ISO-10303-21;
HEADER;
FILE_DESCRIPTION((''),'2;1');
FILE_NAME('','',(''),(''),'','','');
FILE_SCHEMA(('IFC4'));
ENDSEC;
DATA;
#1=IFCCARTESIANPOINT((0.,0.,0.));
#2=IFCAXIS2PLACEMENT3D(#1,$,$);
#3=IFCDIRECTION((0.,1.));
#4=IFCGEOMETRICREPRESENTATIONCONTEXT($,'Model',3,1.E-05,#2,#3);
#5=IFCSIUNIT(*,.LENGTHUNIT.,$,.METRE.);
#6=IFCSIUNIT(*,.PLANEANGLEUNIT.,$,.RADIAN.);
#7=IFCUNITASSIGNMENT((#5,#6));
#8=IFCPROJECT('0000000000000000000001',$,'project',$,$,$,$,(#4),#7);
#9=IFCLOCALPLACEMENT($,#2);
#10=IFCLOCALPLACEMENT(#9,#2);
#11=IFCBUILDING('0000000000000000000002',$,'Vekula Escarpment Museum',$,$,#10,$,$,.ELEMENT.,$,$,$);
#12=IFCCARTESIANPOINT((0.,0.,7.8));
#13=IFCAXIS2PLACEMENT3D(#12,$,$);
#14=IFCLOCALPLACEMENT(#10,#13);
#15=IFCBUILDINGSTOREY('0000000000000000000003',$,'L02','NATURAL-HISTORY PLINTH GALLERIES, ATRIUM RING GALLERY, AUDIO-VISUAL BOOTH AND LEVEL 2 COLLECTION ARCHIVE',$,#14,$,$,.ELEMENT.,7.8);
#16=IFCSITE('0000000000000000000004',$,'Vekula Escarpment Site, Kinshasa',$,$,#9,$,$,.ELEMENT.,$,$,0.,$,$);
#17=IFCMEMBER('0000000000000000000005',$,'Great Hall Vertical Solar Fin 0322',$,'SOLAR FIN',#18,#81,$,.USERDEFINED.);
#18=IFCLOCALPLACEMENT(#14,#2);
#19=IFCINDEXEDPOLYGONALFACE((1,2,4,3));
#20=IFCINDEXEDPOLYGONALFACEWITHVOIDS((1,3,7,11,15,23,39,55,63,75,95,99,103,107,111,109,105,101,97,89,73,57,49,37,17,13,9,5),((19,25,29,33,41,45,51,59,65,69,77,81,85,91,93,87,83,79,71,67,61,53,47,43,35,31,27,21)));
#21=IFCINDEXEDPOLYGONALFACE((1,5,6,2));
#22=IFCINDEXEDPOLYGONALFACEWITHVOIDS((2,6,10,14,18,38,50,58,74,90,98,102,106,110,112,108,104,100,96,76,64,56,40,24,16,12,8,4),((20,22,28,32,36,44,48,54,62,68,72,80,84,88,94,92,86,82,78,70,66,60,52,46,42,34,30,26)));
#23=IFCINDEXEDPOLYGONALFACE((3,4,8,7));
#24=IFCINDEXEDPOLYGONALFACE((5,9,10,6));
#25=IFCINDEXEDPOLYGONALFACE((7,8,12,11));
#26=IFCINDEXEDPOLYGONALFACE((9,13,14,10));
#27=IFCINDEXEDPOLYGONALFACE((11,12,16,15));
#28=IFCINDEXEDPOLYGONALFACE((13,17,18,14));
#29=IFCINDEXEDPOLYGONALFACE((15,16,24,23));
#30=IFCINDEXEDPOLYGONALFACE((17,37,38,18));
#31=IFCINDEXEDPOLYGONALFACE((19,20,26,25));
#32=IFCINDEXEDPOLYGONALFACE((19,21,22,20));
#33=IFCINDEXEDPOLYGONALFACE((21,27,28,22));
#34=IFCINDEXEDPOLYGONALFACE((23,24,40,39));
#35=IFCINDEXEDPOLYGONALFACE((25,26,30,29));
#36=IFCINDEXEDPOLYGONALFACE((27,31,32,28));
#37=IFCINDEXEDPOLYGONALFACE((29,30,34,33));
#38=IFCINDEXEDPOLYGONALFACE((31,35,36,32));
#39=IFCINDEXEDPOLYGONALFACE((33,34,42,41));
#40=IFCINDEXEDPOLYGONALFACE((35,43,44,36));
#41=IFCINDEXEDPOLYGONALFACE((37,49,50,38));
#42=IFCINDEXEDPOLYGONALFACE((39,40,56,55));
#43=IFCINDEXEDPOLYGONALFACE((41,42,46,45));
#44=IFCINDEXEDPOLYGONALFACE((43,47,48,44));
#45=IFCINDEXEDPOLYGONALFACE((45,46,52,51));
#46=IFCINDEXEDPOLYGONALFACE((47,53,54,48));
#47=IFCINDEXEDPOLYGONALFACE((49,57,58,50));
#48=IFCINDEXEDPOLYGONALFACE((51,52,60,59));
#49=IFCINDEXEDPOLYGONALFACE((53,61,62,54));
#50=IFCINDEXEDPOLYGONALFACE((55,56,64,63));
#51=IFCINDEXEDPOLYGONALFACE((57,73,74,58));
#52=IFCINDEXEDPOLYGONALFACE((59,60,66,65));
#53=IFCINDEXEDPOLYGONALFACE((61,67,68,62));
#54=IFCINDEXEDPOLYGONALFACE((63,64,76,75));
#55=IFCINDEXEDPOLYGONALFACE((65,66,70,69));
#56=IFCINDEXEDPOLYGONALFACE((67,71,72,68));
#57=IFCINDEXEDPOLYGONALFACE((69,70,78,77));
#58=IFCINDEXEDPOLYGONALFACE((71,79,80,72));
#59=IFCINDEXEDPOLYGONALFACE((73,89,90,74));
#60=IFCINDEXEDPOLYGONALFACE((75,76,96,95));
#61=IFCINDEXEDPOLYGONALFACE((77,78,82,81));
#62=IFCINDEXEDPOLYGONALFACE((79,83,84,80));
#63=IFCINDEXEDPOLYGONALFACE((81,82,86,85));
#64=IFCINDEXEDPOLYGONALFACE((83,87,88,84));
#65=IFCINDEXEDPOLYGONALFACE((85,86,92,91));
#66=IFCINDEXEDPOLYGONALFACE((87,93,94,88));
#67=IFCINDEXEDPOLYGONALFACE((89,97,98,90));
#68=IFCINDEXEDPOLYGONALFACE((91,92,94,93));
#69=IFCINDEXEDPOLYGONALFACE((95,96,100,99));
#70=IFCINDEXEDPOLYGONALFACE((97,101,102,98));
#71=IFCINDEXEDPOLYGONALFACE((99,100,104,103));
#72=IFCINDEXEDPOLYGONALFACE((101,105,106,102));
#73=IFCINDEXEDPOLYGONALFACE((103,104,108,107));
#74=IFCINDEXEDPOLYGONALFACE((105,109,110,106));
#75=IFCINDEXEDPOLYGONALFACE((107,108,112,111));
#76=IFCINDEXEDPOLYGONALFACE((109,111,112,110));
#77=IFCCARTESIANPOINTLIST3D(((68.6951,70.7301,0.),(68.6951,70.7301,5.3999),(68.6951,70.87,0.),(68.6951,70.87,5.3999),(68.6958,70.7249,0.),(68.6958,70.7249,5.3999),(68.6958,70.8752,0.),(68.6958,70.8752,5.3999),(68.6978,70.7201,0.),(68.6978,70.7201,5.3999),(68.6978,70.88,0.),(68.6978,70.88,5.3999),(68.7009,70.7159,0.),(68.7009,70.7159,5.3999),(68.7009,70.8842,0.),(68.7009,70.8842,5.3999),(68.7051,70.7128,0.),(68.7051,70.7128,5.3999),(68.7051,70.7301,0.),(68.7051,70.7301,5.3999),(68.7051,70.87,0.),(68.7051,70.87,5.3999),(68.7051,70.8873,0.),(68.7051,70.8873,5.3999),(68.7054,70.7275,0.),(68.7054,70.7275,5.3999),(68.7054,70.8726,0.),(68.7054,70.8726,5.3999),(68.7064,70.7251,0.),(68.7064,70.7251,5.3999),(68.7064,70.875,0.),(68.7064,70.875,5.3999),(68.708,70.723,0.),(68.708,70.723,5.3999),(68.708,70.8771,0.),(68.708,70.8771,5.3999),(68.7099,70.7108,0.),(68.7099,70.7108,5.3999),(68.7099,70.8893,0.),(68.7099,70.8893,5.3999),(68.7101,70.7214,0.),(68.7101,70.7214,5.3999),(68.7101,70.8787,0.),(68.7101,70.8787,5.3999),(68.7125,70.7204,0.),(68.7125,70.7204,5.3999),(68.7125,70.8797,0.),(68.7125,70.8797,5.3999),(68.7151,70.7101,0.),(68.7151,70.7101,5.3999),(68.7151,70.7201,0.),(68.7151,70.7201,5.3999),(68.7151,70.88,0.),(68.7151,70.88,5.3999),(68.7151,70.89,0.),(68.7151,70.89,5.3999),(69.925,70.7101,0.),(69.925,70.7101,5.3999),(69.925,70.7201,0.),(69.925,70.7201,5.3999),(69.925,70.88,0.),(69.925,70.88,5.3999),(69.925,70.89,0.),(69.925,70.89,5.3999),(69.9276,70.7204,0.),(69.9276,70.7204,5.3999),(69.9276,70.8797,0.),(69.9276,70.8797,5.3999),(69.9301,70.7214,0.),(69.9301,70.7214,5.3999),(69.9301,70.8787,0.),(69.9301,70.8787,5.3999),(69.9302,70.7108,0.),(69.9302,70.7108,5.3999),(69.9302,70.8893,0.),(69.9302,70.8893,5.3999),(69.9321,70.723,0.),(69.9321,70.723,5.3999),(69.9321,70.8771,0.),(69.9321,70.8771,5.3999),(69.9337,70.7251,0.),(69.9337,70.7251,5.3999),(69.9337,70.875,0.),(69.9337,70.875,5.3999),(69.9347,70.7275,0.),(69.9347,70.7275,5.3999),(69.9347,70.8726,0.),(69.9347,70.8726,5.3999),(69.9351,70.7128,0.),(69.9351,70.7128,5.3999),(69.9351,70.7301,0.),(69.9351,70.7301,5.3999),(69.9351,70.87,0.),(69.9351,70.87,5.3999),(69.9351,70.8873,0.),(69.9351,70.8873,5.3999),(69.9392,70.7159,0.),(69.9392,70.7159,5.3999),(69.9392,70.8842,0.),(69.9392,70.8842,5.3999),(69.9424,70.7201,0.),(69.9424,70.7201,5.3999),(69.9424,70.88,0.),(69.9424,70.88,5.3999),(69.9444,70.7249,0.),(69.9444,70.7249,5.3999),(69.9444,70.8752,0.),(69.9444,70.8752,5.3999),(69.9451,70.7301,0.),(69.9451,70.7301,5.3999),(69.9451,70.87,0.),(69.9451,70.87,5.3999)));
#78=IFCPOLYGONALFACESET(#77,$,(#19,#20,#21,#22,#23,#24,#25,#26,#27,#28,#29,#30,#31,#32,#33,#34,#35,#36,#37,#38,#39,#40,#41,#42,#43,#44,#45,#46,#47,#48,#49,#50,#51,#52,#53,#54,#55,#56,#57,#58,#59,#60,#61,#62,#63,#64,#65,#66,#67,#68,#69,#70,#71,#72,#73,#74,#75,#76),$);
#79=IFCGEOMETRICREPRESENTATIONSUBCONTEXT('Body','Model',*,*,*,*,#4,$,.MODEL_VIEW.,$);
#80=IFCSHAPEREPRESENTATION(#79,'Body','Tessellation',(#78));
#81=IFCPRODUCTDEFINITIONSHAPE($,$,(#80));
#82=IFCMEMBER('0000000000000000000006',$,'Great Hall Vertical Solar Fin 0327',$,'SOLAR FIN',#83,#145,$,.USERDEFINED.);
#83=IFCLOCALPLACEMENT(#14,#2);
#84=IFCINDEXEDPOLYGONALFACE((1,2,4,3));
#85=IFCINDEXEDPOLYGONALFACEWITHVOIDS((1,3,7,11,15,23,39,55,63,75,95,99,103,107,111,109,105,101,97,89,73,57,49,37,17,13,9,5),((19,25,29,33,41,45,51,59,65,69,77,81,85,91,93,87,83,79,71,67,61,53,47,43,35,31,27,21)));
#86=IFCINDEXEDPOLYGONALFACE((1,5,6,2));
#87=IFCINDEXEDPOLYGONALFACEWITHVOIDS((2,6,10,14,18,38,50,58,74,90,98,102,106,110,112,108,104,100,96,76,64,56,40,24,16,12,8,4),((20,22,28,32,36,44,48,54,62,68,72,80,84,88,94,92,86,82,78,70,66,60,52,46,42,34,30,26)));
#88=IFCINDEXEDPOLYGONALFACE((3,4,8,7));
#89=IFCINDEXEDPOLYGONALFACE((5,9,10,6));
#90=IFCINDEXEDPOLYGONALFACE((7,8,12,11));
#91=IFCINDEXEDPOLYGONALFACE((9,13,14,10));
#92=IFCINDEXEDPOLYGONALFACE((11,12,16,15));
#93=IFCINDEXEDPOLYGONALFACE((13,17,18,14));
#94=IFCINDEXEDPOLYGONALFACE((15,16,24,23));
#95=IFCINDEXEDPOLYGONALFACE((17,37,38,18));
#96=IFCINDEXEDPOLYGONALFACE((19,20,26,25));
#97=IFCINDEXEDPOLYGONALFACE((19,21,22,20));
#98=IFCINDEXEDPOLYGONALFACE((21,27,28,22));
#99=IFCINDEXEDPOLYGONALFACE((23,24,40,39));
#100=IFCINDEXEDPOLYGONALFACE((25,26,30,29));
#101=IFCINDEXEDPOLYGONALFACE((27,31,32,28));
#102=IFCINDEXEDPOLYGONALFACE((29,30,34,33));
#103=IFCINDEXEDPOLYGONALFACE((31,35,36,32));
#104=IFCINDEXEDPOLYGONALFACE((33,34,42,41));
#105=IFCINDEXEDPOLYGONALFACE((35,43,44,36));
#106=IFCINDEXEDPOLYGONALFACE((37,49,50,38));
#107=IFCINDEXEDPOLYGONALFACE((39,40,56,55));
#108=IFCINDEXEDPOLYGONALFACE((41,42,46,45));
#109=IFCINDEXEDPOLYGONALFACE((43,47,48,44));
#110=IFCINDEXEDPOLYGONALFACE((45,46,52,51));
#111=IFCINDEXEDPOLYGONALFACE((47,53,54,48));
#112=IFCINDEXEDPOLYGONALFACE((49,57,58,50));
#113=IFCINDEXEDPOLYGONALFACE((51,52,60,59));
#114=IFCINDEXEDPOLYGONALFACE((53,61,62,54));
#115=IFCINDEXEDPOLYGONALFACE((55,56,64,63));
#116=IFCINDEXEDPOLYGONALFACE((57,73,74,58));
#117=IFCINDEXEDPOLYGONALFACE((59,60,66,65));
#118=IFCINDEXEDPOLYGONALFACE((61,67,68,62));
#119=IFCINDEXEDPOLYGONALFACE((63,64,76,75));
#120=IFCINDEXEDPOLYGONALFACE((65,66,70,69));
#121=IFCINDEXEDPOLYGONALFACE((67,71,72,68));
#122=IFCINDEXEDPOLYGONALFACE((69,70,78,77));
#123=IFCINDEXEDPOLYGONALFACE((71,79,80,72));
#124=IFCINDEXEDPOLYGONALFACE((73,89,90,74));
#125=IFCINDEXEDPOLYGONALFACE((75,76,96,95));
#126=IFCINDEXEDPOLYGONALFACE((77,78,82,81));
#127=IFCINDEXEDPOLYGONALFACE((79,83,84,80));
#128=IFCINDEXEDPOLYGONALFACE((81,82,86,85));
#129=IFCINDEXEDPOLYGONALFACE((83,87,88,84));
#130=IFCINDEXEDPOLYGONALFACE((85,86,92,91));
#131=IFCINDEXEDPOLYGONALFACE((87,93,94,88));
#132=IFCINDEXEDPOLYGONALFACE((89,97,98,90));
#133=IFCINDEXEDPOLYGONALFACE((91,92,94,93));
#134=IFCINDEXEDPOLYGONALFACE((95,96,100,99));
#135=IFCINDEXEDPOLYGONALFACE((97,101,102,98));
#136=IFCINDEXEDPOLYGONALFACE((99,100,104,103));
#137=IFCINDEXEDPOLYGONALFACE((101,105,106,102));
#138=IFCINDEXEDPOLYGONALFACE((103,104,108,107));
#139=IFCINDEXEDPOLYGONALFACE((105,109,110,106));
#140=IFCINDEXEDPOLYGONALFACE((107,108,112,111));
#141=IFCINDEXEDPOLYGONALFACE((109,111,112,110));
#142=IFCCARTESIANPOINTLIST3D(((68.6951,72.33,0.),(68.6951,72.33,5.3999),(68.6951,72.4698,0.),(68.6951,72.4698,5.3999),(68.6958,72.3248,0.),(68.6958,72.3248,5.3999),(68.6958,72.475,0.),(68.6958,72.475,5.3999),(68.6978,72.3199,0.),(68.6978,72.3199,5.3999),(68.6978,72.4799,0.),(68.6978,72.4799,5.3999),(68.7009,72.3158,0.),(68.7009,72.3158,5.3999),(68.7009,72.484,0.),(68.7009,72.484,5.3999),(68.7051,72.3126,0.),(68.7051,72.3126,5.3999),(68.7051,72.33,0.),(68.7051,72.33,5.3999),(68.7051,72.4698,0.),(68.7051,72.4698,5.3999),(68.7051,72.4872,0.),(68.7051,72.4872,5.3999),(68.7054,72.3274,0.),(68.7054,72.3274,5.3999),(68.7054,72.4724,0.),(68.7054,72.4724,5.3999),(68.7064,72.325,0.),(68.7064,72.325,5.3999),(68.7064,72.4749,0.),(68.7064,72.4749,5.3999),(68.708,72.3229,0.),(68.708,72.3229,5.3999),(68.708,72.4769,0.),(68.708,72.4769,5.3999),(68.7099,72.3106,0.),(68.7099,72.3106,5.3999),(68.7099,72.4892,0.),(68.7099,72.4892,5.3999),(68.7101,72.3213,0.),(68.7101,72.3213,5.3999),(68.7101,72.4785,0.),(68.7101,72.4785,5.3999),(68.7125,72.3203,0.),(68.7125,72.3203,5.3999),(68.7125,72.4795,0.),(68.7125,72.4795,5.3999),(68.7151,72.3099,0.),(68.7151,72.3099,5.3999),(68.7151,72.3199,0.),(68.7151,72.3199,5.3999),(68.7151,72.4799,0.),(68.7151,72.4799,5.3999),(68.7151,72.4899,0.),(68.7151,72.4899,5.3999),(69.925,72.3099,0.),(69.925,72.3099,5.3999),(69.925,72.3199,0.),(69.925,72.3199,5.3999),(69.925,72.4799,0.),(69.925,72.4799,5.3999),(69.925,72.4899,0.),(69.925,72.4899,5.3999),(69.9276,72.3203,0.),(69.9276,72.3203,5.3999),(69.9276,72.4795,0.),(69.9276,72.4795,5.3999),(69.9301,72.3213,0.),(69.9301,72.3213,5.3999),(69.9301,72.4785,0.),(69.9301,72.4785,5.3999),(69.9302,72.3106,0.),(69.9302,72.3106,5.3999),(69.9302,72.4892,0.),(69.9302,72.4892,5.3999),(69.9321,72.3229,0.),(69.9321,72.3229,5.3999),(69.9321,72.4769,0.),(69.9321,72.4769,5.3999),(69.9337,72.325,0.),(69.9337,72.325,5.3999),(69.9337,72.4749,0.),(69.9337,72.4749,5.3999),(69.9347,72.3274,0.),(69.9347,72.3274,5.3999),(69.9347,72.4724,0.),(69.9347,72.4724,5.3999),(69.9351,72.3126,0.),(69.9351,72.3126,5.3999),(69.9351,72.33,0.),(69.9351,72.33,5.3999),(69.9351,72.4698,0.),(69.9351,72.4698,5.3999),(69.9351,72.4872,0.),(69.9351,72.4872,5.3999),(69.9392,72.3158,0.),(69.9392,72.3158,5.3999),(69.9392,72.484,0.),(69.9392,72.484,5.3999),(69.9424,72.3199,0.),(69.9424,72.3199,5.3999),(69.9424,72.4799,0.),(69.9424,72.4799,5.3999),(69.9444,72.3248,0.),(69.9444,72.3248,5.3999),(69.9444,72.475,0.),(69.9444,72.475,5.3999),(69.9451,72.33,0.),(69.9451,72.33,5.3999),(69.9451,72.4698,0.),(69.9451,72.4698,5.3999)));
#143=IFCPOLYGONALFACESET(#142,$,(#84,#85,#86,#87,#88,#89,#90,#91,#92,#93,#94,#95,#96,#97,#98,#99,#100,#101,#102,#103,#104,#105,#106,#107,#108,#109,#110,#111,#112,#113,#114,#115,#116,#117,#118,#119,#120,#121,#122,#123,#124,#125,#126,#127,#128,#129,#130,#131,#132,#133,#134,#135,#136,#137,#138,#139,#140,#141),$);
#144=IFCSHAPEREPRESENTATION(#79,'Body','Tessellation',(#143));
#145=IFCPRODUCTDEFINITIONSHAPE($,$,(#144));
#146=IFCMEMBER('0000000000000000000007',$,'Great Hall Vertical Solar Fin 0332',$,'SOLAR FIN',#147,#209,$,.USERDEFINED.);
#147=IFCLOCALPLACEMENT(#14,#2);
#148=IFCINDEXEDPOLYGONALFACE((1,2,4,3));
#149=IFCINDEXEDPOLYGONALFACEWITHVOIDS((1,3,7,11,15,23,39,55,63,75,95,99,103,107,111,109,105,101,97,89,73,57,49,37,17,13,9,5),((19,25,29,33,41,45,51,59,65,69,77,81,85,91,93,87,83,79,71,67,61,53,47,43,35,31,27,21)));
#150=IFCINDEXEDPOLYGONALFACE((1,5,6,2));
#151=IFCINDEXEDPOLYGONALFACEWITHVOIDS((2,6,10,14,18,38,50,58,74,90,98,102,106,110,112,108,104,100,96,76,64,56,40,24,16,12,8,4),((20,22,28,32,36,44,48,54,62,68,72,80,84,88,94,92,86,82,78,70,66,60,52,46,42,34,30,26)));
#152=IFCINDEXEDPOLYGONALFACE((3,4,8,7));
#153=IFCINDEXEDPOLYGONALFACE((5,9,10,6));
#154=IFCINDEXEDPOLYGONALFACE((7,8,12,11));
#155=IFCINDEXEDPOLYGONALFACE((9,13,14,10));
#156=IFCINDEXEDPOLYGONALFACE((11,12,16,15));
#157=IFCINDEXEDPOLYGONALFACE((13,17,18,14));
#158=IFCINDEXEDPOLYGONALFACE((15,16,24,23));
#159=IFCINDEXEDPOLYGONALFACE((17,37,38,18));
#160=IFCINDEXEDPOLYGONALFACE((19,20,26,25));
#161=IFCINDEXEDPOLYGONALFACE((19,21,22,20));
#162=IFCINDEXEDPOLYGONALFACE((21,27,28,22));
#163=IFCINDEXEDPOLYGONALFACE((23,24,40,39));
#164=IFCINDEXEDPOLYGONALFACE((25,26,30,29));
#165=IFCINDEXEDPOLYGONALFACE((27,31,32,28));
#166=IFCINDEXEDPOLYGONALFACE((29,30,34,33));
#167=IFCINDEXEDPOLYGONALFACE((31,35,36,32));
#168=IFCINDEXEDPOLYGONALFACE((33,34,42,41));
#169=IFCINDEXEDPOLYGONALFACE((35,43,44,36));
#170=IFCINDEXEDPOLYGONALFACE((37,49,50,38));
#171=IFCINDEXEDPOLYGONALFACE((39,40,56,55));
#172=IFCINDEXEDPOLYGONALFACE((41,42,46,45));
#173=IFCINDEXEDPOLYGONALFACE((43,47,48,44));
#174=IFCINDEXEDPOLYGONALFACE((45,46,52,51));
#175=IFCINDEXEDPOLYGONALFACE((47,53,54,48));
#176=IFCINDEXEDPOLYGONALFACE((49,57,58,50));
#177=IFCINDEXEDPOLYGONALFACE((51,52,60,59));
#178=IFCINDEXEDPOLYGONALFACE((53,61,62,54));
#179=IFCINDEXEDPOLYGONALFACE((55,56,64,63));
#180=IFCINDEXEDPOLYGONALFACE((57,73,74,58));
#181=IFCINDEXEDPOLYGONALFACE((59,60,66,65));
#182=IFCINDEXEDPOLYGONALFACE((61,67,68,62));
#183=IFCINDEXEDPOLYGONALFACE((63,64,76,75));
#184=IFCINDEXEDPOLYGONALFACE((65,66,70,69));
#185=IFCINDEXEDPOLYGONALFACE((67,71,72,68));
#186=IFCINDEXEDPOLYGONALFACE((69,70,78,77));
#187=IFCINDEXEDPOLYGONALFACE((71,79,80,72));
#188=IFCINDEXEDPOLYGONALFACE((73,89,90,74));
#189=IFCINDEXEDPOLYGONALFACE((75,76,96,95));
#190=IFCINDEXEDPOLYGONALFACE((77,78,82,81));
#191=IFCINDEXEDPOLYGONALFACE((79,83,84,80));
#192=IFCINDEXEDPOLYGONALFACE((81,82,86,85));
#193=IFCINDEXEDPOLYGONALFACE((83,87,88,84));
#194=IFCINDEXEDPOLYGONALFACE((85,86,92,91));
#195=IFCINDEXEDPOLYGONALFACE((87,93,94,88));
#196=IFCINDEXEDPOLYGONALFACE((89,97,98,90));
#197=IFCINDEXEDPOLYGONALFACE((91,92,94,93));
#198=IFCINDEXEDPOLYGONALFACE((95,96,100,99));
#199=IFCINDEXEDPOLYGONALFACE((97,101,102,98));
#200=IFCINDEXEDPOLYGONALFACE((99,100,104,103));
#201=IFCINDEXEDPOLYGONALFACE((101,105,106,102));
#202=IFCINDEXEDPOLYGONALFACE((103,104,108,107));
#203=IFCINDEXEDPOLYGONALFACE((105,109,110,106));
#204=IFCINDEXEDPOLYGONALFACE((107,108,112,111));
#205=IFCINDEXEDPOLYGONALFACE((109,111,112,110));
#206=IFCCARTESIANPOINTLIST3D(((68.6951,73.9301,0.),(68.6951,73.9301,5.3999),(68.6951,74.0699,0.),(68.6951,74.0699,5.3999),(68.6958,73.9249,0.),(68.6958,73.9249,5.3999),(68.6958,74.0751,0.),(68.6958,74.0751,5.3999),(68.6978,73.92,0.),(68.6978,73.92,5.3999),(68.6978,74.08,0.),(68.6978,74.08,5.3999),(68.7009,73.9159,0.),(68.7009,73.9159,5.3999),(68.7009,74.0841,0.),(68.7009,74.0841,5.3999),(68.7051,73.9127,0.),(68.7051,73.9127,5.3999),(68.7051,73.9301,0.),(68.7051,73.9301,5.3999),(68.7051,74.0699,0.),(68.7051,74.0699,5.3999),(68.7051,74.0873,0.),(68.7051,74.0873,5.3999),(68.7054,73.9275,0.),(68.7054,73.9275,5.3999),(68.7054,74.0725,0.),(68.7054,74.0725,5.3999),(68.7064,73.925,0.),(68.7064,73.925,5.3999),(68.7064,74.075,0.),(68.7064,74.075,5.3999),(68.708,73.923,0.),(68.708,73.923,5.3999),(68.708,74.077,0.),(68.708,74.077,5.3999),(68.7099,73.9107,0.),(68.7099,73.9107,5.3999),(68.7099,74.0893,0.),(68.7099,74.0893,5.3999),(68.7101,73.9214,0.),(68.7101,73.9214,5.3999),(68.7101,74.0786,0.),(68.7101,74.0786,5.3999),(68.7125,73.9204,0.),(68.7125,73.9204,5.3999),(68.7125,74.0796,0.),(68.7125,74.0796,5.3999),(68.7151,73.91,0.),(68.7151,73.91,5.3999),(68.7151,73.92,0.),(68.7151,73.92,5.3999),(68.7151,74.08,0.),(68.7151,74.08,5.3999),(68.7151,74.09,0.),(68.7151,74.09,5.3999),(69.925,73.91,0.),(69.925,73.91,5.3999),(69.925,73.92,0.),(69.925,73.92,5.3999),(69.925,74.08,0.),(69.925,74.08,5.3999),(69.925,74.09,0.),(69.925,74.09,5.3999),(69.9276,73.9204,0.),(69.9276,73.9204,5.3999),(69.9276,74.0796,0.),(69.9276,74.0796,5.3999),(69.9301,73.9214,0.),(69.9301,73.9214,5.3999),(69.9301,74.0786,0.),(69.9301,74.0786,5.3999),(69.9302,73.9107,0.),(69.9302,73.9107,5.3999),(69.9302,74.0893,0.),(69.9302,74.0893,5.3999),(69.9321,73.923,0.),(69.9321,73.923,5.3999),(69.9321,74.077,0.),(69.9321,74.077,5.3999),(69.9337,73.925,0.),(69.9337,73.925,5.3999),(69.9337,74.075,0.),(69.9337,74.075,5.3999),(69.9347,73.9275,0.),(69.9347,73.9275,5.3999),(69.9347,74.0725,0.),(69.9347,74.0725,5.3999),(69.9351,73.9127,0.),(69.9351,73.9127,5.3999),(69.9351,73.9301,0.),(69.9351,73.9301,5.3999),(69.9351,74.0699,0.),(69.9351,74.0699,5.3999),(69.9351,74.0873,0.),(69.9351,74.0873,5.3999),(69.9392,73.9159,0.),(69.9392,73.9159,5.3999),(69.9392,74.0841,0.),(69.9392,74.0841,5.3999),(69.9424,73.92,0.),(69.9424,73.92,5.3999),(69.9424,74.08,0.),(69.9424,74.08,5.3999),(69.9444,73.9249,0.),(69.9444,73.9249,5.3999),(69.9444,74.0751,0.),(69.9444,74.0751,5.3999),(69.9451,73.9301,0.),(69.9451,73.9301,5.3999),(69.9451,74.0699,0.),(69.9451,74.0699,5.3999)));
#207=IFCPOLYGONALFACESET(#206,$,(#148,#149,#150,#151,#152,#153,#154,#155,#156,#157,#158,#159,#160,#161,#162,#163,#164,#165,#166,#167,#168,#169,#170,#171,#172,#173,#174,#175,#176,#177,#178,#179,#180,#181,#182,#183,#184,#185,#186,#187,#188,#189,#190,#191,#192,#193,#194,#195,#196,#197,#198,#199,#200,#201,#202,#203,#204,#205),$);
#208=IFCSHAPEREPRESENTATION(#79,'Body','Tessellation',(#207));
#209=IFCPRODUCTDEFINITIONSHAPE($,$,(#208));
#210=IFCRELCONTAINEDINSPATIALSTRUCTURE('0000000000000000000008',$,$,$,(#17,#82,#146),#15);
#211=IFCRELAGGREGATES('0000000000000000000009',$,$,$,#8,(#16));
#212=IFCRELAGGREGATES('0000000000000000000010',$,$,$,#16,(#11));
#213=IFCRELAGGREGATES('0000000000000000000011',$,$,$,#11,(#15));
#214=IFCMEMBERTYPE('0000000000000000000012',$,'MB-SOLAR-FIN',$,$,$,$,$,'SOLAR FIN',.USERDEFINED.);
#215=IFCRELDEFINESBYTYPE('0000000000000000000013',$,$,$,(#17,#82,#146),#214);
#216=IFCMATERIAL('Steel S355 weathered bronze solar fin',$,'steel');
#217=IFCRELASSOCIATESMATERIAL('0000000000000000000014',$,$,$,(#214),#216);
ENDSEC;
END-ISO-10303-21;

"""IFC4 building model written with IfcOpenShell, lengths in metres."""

from ifc_helpers import new_model, si_unit, direction, frame, origin, origin_2d, place, context, subcontext, project, spatial, hollow_rectangle, extrude, material, material_profile, profile_set, type_object, element, save


model = new_model("IFC4")

# Units and contexts
model_context = context("Model", 3, precision=1e-05, world=origin(), true_north=direction((0.0, 1.0)))
body_context = subcontext(model_context, "Body", "Model", "MODEL_VIEW")
ifc_project = project(units=[si_unit("LENGTHUNIT", "METRE"), si_unit("PLANEANGLEUNIT", "RADIAN")], contexts=[model_context])

# Site, building, storey
site_placement = place(None, origin())
site = spatial("IfcSite", under=ifc_project, at=site_placement, Name="Vekula Escarpment Site, Kinshasa", CompositionType="ELEMENT", RefElevation=0.0)
building_placement = place(site_placement, origin())
building = spatial("IfcBuilding", under=site, at=building_placement, Name="Vekula Escarpment Museum", CompositionType="ELEMENT")
storey_placement = place(building_placement, frame((0.0, 0.0, 7.8)))
storey = spatial("IfcBuildingStorey", under=building, at=storey_placement, Name="L02", Description="NATURAL-HISTORY PLINTH GALLERIES, ATRIUM RING GALLERY, AUDIO-VISUAL BOOTH AND LEVEL 2 COLLECTION ARCHIVE", CompositionType="ELEMENT", Elevation=7.8)

# Members
ifc_material_1 = material(Name="Steel S355 weathered bronze solar fin", Category="steel")
ifc_material_profile_1 = material_profile(ifc_material_1, hollow_rectangle(XDim=0.1799, YDim=1.25, WallThickness=0.01, InnerFilletRadius=0.01, OuterFilletRadius=0.02, at=origin_2d()), Name="RHS 1250x180x10")
ifc_profile_set_1 = profile_set([ifc_material_profile_1], Name="Steel S355 weathered bronze solar fin")
member_type_1 = type_object("IfcMemberType", Name="MB-SOLAR-FIN", ElementType="SOLAR FIN", PredefinedType="USERDEFINED", material=ifc_profile_set_1)
for number, where, z_axis, x_axis, name in (
    (1, (69.3201, 70.8, 0.0), (0.0, 0.0, 1.0), (0.0, 1.0, 0.0), "Great Hall Vertical Solar Fin 0322"),
    (2, (69.3201, 72.3999, 0.0), (0.0, 0.0, 1.0), (0.0, 1.0, 0.0), "Great Hall Vertical Solar Fin 0327"),
    (3, (69.3201, 74.0, 0.0), (0.0, 0.0, 1.0), (0.0, 1.0, 0.0), "Great Hall Vertical Solar Fin 0332"),
):
    element("IfcMember", number, at=place(storey_placement, frame(where, z_axis=z_axis, x_axis=x_axis)), inside=storey, type_object=member_type_1, Name=name, ObjectType="SOLAR FIN", PredefinedType="USERDEFINED", context=body_context, shape_type="SweptSolid", body=[
        extrude(hollow_rectangle(XDim=0.1799, YDim=1.25, WallThickness=0.01, InnerFilletRadius=0.01, OuterFilletRadius=0.02, at=origin_2d()), origin(), (0.0, 0.0, 1.0), 5.3999),
    ])

save(model, "model.ifc")
